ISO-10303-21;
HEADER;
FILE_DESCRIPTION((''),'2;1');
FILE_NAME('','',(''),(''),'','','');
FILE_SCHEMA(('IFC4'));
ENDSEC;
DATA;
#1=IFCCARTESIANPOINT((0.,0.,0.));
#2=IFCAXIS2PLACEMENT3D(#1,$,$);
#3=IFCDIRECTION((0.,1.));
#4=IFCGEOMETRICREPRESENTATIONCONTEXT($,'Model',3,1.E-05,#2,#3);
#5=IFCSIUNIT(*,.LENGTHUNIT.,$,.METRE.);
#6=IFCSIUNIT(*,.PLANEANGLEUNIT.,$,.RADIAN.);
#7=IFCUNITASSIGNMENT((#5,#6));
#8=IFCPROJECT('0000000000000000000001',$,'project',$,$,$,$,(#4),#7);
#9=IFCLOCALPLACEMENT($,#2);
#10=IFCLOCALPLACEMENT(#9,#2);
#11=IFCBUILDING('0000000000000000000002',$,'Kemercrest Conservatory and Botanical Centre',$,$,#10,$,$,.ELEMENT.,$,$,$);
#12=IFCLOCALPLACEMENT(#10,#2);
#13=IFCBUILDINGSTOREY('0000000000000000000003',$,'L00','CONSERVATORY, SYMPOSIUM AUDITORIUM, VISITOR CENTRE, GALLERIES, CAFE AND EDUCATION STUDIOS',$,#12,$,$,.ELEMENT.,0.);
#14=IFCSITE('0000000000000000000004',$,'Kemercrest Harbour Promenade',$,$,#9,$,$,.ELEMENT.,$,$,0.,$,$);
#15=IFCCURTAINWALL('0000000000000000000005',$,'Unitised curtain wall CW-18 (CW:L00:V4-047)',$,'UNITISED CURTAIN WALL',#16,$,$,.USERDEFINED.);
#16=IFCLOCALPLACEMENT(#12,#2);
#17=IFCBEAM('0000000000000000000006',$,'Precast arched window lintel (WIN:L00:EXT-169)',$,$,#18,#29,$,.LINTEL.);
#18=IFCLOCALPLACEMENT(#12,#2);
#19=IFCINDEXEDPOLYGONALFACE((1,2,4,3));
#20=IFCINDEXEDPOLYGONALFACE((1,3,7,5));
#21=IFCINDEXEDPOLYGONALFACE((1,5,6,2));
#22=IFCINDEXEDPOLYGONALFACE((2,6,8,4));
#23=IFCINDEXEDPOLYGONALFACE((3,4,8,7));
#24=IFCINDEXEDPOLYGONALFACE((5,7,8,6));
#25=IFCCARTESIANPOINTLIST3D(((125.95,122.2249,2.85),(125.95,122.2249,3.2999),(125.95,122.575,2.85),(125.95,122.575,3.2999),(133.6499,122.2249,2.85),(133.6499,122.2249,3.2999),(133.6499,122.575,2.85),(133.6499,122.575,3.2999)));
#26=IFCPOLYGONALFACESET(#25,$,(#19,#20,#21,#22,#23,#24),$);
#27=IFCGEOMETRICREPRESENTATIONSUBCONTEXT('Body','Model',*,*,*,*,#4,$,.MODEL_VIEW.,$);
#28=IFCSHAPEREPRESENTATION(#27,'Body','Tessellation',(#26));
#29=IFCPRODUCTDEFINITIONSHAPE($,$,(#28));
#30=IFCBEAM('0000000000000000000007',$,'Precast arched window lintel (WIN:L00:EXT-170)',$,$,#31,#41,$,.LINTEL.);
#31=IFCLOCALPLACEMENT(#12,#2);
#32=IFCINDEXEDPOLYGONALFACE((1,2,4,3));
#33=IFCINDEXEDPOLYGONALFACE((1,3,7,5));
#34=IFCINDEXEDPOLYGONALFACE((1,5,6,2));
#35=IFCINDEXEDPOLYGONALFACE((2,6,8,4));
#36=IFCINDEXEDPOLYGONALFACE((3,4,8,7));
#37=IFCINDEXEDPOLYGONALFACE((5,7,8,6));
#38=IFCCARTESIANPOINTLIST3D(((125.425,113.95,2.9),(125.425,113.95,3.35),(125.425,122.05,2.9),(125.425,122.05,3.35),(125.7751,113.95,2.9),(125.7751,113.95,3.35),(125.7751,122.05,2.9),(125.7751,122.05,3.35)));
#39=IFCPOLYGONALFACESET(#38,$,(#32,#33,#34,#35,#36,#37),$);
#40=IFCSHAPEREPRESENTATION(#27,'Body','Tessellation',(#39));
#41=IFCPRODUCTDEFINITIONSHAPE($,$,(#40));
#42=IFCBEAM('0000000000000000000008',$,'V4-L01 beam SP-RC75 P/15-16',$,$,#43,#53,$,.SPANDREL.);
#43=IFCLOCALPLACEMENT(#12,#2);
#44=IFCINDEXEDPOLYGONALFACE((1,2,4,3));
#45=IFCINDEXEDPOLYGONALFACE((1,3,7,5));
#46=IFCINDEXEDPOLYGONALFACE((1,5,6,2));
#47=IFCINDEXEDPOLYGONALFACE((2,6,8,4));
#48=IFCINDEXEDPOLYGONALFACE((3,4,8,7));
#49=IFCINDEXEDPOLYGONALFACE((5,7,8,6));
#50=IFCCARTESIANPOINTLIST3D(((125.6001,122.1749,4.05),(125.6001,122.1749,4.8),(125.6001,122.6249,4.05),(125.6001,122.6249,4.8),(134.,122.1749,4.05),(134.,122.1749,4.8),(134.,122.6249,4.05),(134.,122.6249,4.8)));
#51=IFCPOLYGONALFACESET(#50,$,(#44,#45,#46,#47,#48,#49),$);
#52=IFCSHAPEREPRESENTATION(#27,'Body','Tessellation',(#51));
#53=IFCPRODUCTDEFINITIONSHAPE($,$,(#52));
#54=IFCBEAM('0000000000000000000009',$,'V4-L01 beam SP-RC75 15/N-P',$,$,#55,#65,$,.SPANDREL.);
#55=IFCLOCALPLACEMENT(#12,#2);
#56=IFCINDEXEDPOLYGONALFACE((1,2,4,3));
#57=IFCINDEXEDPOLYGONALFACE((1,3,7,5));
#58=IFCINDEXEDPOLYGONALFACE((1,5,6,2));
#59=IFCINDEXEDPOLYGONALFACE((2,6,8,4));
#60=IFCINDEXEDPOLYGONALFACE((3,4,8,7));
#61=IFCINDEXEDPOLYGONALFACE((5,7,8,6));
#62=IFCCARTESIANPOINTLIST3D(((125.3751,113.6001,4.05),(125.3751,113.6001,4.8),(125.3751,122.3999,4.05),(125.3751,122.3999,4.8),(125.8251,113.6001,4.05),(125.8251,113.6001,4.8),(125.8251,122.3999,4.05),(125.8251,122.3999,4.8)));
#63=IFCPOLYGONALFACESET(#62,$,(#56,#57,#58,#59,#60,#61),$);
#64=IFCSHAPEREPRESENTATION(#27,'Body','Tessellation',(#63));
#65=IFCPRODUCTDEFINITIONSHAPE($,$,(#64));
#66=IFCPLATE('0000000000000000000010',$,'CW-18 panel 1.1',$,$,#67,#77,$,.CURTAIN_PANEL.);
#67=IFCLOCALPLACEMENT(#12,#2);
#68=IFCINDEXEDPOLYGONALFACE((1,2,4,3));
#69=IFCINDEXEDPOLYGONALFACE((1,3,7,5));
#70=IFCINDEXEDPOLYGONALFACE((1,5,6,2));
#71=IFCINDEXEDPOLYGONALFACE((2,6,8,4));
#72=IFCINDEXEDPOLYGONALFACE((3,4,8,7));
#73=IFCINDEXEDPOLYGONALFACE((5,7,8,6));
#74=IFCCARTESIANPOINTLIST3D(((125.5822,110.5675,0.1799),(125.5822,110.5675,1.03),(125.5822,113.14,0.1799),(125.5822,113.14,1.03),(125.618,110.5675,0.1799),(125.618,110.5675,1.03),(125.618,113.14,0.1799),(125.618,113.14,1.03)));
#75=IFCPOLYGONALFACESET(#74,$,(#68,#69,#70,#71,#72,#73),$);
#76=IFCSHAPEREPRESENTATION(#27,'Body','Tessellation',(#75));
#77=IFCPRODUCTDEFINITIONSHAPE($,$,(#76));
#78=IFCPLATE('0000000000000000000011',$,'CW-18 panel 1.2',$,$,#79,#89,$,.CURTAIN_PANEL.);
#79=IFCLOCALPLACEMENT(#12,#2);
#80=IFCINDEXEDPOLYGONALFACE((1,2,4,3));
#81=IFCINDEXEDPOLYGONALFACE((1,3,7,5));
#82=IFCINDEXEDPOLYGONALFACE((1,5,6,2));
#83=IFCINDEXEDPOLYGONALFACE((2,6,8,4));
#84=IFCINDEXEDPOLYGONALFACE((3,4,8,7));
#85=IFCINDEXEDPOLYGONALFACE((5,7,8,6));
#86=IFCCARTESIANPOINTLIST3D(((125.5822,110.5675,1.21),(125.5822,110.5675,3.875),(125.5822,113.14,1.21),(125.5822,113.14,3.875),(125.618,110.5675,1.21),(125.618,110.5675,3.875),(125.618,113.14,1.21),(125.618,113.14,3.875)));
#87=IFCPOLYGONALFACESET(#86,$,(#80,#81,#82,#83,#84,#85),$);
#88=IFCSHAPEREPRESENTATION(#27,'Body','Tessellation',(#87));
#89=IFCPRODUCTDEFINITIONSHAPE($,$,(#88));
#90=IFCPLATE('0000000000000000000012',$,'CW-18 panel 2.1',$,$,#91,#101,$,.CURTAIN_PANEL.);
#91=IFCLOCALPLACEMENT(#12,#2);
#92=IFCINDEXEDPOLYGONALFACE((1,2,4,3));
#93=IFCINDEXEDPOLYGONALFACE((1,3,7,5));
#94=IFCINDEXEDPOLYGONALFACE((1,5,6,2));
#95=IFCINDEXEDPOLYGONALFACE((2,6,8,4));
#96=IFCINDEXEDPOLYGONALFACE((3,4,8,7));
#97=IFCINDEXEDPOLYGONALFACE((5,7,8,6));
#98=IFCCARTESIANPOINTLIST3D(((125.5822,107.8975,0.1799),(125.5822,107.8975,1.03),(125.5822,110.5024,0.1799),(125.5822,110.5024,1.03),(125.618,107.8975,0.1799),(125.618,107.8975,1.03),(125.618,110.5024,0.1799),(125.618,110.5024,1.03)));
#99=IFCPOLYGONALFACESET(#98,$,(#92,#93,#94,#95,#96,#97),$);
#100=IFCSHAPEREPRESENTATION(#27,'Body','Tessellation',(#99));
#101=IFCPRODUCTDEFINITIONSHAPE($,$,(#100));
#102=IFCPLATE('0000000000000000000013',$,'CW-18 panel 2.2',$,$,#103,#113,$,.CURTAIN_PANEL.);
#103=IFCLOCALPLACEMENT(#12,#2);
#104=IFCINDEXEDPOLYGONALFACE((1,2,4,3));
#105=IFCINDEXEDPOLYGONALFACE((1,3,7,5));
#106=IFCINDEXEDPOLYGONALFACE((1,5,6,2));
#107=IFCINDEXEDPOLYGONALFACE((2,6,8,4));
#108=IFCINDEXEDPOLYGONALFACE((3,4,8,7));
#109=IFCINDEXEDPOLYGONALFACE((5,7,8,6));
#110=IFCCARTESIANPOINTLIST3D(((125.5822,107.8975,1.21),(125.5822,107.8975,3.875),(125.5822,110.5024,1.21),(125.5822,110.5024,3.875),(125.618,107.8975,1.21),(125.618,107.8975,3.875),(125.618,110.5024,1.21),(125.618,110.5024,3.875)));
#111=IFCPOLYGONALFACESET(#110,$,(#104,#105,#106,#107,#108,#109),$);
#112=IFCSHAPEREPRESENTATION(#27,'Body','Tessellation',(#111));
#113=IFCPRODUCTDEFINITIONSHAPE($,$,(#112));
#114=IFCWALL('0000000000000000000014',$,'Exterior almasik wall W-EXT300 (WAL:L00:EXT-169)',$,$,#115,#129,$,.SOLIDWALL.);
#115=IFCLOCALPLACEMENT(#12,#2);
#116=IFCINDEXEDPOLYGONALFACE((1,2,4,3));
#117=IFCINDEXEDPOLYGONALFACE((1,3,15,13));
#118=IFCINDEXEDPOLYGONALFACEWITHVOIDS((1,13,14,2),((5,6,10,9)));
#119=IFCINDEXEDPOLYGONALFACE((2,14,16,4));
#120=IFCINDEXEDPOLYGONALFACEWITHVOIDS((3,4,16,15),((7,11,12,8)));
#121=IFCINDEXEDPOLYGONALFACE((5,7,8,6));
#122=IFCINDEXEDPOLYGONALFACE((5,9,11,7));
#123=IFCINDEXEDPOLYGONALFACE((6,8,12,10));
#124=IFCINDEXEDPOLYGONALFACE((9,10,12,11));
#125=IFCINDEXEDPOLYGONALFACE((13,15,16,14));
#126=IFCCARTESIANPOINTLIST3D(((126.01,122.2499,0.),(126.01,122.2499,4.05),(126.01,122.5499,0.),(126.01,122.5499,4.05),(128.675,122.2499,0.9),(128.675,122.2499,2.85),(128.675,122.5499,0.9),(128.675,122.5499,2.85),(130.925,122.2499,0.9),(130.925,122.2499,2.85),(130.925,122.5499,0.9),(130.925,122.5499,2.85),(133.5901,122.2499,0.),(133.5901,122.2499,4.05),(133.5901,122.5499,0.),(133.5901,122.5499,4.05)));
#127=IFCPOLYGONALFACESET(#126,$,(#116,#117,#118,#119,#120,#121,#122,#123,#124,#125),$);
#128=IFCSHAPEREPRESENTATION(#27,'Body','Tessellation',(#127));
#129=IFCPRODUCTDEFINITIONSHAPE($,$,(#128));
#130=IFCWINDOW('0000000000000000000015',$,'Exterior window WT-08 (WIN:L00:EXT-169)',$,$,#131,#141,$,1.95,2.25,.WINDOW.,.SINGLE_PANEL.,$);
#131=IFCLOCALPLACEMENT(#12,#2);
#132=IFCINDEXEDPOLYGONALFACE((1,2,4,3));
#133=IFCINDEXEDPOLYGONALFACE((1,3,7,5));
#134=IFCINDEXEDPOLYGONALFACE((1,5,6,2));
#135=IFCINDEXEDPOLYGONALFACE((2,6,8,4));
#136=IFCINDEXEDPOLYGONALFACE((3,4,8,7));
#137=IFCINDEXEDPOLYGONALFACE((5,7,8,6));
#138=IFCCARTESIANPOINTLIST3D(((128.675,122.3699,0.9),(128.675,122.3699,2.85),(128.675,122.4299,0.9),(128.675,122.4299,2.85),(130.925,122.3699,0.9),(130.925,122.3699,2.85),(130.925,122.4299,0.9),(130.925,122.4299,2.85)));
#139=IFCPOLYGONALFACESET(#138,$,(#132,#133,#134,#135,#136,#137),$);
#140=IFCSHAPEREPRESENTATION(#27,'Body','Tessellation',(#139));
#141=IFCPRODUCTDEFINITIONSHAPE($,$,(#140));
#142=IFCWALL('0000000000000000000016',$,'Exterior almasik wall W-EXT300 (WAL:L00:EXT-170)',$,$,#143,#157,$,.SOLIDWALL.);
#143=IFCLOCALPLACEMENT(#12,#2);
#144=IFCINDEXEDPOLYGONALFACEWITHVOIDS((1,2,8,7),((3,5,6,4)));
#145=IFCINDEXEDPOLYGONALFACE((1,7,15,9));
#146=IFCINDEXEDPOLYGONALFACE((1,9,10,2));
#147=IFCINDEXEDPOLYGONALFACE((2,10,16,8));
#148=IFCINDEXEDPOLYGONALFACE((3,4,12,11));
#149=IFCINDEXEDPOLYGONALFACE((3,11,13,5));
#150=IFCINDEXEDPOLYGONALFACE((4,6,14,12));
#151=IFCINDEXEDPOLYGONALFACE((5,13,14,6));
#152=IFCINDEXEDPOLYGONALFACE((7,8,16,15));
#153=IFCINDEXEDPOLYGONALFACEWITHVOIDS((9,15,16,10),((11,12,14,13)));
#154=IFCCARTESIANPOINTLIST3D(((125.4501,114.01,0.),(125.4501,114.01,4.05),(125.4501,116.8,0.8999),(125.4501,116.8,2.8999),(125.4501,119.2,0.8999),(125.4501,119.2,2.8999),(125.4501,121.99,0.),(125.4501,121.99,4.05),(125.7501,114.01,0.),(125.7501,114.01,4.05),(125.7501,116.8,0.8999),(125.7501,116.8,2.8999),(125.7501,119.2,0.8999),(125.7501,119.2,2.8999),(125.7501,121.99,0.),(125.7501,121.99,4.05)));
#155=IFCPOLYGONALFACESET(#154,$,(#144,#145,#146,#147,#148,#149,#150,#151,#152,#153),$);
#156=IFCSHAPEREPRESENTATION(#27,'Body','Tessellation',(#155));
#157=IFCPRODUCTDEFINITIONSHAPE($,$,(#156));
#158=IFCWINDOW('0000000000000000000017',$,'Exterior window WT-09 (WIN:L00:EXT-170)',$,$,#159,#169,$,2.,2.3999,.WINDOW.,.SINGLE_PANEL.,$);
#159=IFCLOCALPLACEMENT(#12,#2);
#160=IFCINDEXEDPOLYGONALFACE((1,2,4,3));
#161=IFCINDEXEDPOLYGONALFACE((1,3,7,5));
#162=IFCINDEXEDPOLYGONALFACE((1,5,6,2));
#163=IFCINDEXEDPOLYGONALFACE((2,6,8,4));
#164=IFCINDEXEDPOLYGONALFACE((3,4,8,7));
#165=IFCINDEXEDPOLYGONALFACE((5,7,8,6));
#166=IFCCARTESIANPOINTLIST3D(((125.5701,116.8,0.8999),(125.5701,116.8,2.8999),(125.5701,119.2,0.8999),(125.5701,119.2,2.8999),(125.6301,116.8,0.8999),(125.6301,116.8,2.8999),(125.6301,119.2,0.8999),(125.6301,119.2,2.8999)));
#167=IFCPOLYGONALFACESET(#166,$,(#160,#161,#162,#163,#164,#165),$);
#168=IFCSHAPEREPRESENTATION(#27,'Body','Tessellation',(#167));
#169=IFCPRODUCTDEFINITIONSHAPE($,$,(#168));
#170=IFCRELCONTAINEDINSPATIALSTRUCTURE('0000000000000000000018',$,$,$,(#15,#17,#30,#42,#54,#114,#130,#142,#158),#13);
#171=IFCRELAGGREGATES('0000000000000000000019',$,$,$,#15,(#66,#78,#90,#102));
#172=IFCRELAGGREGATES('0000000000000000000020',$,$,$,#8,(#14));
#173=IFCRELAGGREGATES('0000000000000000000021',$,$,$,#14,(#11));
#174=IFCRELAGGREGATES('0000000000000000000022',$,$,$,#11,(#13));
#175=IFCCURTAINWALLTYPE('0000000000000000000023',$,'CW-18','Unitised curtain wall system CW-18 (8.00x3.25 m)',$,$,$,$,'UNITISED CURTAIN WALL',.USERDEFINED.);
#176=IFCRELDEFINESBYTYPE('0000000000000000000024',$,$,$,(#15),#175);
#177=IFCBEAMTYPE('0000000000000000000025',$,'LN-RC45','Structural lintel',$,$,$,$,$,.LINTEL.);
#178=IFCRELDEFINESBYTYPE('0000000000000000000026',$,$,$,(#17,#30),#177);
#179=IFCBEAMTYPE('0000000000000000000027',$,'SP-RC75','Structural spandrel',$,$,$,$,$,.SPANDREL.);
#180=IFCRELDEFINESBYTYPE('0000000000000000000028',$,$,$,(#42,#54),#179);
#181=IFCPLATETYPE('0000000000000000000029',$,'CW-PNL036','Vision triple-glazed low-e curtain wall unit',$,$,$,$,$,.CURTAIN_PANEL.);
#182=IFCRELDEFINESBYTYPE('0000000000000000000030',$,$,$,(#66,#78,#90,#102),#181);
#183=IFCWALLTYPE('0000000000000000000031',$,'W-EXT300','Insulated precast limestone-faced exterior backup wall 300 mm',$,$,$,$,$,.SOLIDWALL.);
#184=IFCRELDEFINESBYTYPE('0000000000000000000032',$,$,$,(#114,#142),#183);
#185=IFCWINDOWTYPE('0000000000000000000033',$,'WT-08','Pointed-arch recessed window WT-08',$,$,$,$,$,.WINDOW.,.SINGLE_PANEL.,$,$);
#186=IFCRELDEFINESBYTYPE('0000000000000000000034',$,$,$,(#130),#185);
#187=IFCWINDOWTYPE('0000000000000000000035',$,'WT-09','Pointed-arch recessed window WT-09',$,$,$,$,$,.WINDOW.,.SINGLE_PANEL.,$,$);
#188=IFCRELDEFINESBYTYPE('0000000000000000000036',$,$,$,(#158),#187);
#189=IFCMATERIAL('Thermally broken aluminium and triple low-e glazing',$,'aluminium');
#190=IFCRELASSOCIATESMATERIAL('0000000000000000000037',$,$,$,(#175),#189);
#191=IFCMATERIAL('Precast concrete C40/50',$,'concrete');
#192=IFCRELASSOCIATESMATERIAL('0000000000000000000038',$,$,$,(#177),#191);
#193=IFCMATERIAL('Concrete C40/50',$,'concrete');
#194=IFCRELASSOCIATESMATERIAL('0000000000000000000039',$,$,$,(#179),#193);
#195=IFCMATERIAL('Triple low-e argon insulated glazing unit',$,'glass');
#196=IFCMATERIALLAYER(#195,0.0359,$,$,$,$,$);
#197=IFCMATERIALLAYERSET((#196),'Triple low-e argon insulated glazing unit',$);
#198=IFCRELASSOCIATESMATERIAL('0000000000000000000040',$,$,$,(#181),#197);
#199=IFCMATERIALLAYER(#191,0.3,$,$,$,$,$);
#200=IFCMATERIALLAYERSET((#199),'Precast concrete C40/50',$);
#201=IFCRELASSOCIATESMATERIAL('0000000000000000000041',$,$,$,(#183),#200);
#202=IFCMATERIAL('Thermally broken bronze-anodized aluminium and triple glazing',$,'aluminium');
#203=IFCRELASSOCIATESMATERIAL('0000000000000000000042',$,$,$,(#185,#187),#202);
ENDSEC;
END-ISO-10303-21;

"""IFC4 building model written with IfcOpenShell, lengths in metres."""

from ifc_helpers import new_model, si_unit, direction, frame, frame_2d, origin, origin_2d, place, context, subcontext, project, spatial, rectangle, extrude, material, layer, layer_set, material_profile, profile_set, type_object, element, fill, aggregate, save


model = new_model("IFC4")

# Units and contexts
model_context = context("Model", 3, precision=1e-05, world=origin(), true_north=direction((0.0, 1.0)))
body_context = subcontext(model_context, "Body", "Model", "MODEL_VIEW")
ifc_project = project(units=[si_unit("LENGTHUNIT", "METRE"), si_unit("PLANEANGLEUNIT", "RADIAN")], contexts=[model_context])

# Site, building, storey
site_placement = place(None, origin())
site = spatial("IfcSite", under=ifc_project, at=site_placement, Name="Kemercrest Harbour Promenade", CompositionType="ELEMENT", RefElevation=0.0)
building_placement = place(site_placement, origin())
building = spatial("IfcBuilding", under=site, at=building_placement, Name="Kemercrest Conservatory and Botanical Centre", CompositionType="ELEMENT")
storey_placement = place(building_placement, origin())
storey = spatial("IfcBuildingStorey", under=building, at=storey_placement, Name="L00", Description="CONSERVATORY, SYMPOSIUM AUDITORIUM, VISITOR CENTRE, GALLERIES, CAFE AND EDUCATION STUDIOS", CompositionType="ELEMENT", Elevation=0.0)

# Shared definitions
ifc_material_1 = material(Name="Concrete C40/50", Category="concrete")

# Curtain wall
ifc_material_2 = material(Name="Thermally broken aluminium and triple low-e glazing", Category="aluminium")
curtain_wall_type = type_object("IfcCurtainWallType", Name="CW-18", Description="Unitised curtain wall system CW-18 (8.00x3.25 m)", ElementType="UNITISED CURTAIN WALL", PredefinedType="USERDEFINED", material=ifc_material_2)
curtain_wall_placement = place(storey_placement, origin())
curtain_wall = element("IfcCurtainWall", 1, at=curtain_wall_placement, inside=storey, type_object=curtain_wall_type, Name="Unitised curtain wall CW-18 (CW:L00:V4-047)", ObjectType="UNITISED CURTAIN WALL", PredefinedType="USERDEFINED")

# Beams
ifc_material_3 = material(Name="Precast concrete C40/50", Category="concrete")
ifc_material_profile_1 = material_profile(ifc_material_3, rectangle(XDim=0.3501, YDim=0.45, at=origin_2d()), Name="RC 350x450")
ifc_profile_set_1 = profile_set([ifc_material_profile_1], Name="Precast concrete C40/50")
beam_type_1 = type_object("IfcBeamType", Name="LN-RC45", Description="Structural lintel", PredefinedType="LINTEL", material=ifc_profile_set_1)
beam_1_placement = place(storey_placement, frame((133.6499, 122.3999, 3.075), z_axis=(-1.0, 0.0, 0.0), x_axis=(0.0, -1.0, 0.0)))
element("IfcBeam", 2, at=beam_1_placement, inside=storey, type_object=beam_type_1, Name="Precast arched window lintel (WIN:L00:EXT-169)", PredefinedType="LINTEL", context=body_context, shape_type="SweptSolid", body=[
    extrude(rectangle(XDim=0.3501, YDim=0.45, at=origin_2d()), origin(), (0.0, 0.0, 1.0), 7.7),
])
beam_2_placement = place(storey_placement, frame((125.6001, 122.05, 3.125), z_axis=(0.0, -1.0, 0.0), x_axis=(1.0, 0.0, 0.0)))
element("IfcBeam", 3, at=beam_2_placement, inside=storey, type_object=beam_type_1, Name="Precast arched window lintel (WIN:L00:EXT-170)", PredefinedType="LINTEL", context=body_context, shape_type="SweptSolid", body=[
    extrude(rectangle(XDim=0.3501, YDim=0.45, at=origin_2d()), origin(), (0.0, 0.0, 1.0), 8.1001),
])
ifc_material_profile_2 = material_profile(ifc_material_1, rectangle(XDim=0.45, YDim=0.75, at=origin_2d()), Name="RC 450x750")
ifc_profile_set_2 = profile_set([ifc_material_profile_2], Name="Concrete C40/50")
beam_type_2 = type_object("IfcBeamType", Name="SP-RC75", Description="Structural spandrel", PredefinedType="SPANDREL", material=ifc_profile_set_2)
beam_3_placement = place(storey_placement, frame((125.6001, 122.3999, 4.425), z_axis=(1.0, 0.0, 0.0), x_axis=(0.0, 1.0, 0.0)))
element("IfcBeam", 4, at=beam_3_placement, inside=storey, type_object=beam_type_2, Name="V4-L01 beam SP-RC75 P/15-16", PredefinedType="SPANDREL", context=body_context, shape_type="SweptSolid", body=[
    extrude(rectangle(XDim=0.45, YDim=0.75, at=origin_2d()), origin(), (0.0, 0.0, 1.0), 8.3999),
])
beam_4_placement = place(storey_placement, frame((125.6001, 113.6001, 4.425), z_axis=(0.0, 1.0, 0.0), x_axis=(-1.0, 0.0, 0.0)))
element("IfcBeam", 5, at=beam_4_placement, inside=storey, type_object=beam_type_2, Name="V4-L01 beam SP-RC75 15/N-P", PredefinedType="SPANDREL", context=body_context, shape_type="SweptSolid", body=[
    extrude(rectangle(XDim=0.45, YDim=0.75, at=origin_2d()), origin(), (0.0, 0.0, 1.0), 8.7998),
])

# Plates
ifc_material_4 = material(Name="Triple low-e argon insulated glazing unit", Category="glass")
ifc_layer_1 = layer(ifc_material_4, 0.0359)
ifc_layer_set_1 = layer_set([ifc_layer_1], Name="Triple low-e argon insulated glazing unit")
plate_type = type_object("IfcPlateType", Name="CW-PNL036", Description="Vision triple-glazed low-e curtain wall unit", PredefinedType="CURTAIN_PANEL", material=ifc_layer_set_1)
plate_1_placement = place(storey_placement, frame((125.6001, 111.8538, 0.1799), z_axis=(0.0, 0.0, 1.0), x_axis=(0.0, -1.0, 0.0)))
plate_1 = element("IfcPlate", 6, at=plate_1_placement, type_object=plate_type, Name="CW-18 panel 1.1", PredefinedType="CURTAIN_PANEL", context=body_context, shape_type="SweptSolid", body=[
    extrude(rectangle(XDim=2.5725, YDim=0.0359, at=origin_2d()), origin(), (0.0, 0.0, 1.0), 0.8501),
])
plate_2_placement = place(storey_placement, frame((125.6001, 111.8538, 1.21), z_axis=(0.0, 0.0, 1.0), x_axis=(0.0, -1.0, 0.0)))
plate_2 = element("IfcPlate", 7, at=plate_2_placement, type_object=plate_type, Name="CW-18 panel 1.2", PredefinedType="CURTAIN_PANEL", context=body_context, shape_type="SweptSolid", body=[
    extrude(rectangle(XDim=2.5725, YDim=0.0359, at=origin_2d()), origin(), (0.0, 0.0, 1.0), 2.665),
])
plate_3_placement = place(storey_placement, frame((125.6001, 109.2, 0.1799), z_axis=(0.0, 0.0, 1.0), x_axis=(0.0, -1.0, 0.0)))
plate_3 = element("IfcPlate", 8, at=plate_3_placement, type_object=plate_type, Name="CW-18 panel 2.1", PredefinedType="CURTAIN_PANEL", context=body_context, shape_type="SweptSolid", body=[
    extrude(rectangle(XDim=2.605, YDim=0.0359, at=origin_2d()), origin(), (0.0, 0.0, 1.0), 0.8501),
])
plate_4_placement = place(storey_placement, frame((125.6001, 109.2, 1.21), z_axis=(0.0, 0.0, 1.0), x_axis=(0.0, -1.0, 0.0)))
plate_4 = element("IfcPlate", 9, at=plate_4_placement, type_object=plate_type, Name="CW-18 panel 2.2", PredefinedType="CURTAIN_PANEL", context=body_context, shape_type="SweptSolid", body=[
    extrude(rectangle(XDim=2.605, YDim=0.0359, at=origin_2d()), origin(), (0.0, 0.0, 1.0), 2.665),
])
aggregate(curtain_wall, [plate_1, plate_2, plate_3, plate_4])

# Walls, openings, windows
ifc_layer_2 = layer(ifc_material_3, 0.3)
ifc_layer_set_2 = layer_set([ifc_layer_2], Name="Precast concrete C40/50")
wall_type = type_object("IfcWallType", Name="W-EXT300", Description="Insulated precast limestone-faced exterior backup wall 300 mm", PredefinedType="SOLIDWALL", material=ifc_layer_set_2)
wall_1_placement = place(storey_placement, frame((133.5901, 122.3999, 0.0), z_axis=(0.0, 0.0, 1.0), x_axis=(-1.0, 0.0, 0.0)))
wall_1 = element("IfcWall", 10, at=wall_1_placement, inside=storey, type_object=wall_type, Name="Exterior almasik wall W-EXT300 (WAL:L00:EXT-169)", PredefinedType="SOLIDWALL", context=body_context, shape_type="SweptSolid", body=[
    extrude(rectangle(XDim=7.5801, YDim=0.3, at=frame_2d((3.79, 0.0))), origin(), (0.0, 0.0, 1.0), 4.05),
])
opening_1_placement = place(wall_1_placement, frame((2.665, 0.0, 0.8999)))
opening_1 = element("IfcOpeningElement", 11, at=opening_1_placement, cuts=wall_1, PredefinedType="OPENING", context=body_context, shape_type="SweptSolid", body=[
    extrude(rectangle(XDim=2.25, YDim=1.95, at=frame_2d((1.125, 0.9751))), frame((0.0, 0.1602, 0.0), z_axis=(0.0, -1.0, 0.0), x_axis=(1.0, 0.0, 0.0)), (0.0, 0.0, 1.0), 0.3201),
])
ifc_material_5 = material(Name="Thermally broken bronze-anodized aluminium and triple glazing", Category="aluminium")
window_type_1 = type_object("IfcWindowType", Name="WT-08", Description="Pointed-arch recessed window WT-08", PartitioningType="SINGLE_PANEL", PredefinedType="WINDOW", material=ifc_material_5)
window_1_placement = place(opening_1_placement, origin())
window_1 = element("IfcWindow", 12, at=window_1_placement, inside=storey, type_object=window_type_1, Name="Exterior window WT-08 (WIN:L00:EXT-169)", OverallHeight=1.95, OverallWidth=2.25, PartitioningType="SINGLE_PANEL", PredefinedType="WINDOW", context=body_context, shape_type="SweptSolid", body=[
    extrude(rectangle(XDim=2.25, YDim=1.95, at=frame_2d((1.125, 0.9751))), frame((0.0, 0.03, 0.0), z_axis=(0.0, -1.0, 0.0), x_axis=(1.0, 0.0, 0.0)), (0.0, 0.0, 1.0), 0.0601),
])
fill(opening_1, window_1)
wall_2_placement = place(storey_placement, frame((125.6001, 121.99, 0.0), z_axis=(0.0, 0.0, 1.0), x_axis=(0.0, -1.0, 0.0)))
wall_2 = element("IfcWall", 13, at=wall_2_placement, inside=storey, type_object=wall_type, Name="Exterior almasik wall W-EXT300 (WAL:L00:EXT-170)", PredefinedType="SOLIDWALL", context=body_context, shape_type="SweptSolid", body=[
    extrude(rectangle(XDim=7.98, YDim=0.3, at=frame_2d((3.99, 0.0))), origin(), (0.0, 0.0, 1.0), 4.05),
])
opening_2_placement = place(wall_2_placement, frame((2.79, 0.0, 0.8999)))
opening_2 = element("IfcOpeningElement", 14, at=opening_2_placement, cuts=wall_2, PredefinedType="OPENING", context=body_context, shape_type="SweptSolid", body=[
    extrude(rectangle(XDim=2.3999, YDim=2.0, at=frame_2d((1.2, 1.0))), frame((0.0, 0.1602, 0.0), z_axis=(0.0, -1.0, 0.0), x_axis=(1.0, 0.0, 0.0)), (0.0, 0.0, 1.0), 0.3201),
])
window_type_2 = type_object("IfcWindowType", Name="WT-09", Description="Pointed-arch recessed window WT-09", PartitioningType="SINGLE_PANEL", PredefinedType="WINDOW", material=ifc_material_5)
window_2_placement = place(opening_2_placement, origin())
window_2 = element("IfcWindow", 15, at=window_2_placement, inside=storey, type_object=window_type_2, Name="Exterior window WT-09 (WIN:L00:EXT-170)", OverallHeight=2.0, OverallWidth=2.3999, PartitioningType="SINGLE_PANEL", PredefinedType="WINDOW", context=body_context, shape_type="SweptSolid", body=[
    extrude(rectangle(XDim=2.3999, YDim=2.0, at=frame_2d((1.2, 1.0))), frame((0.0, 0.03, 0.0), z_axis=(0.0, -1.0, 0.0), x_axis=(1.0, 0.0, 0.0)), (0.0, 0.0, 1.0), 0.0601),
])
fill(opening_2, window_2)

save(model, "model.ifc")
